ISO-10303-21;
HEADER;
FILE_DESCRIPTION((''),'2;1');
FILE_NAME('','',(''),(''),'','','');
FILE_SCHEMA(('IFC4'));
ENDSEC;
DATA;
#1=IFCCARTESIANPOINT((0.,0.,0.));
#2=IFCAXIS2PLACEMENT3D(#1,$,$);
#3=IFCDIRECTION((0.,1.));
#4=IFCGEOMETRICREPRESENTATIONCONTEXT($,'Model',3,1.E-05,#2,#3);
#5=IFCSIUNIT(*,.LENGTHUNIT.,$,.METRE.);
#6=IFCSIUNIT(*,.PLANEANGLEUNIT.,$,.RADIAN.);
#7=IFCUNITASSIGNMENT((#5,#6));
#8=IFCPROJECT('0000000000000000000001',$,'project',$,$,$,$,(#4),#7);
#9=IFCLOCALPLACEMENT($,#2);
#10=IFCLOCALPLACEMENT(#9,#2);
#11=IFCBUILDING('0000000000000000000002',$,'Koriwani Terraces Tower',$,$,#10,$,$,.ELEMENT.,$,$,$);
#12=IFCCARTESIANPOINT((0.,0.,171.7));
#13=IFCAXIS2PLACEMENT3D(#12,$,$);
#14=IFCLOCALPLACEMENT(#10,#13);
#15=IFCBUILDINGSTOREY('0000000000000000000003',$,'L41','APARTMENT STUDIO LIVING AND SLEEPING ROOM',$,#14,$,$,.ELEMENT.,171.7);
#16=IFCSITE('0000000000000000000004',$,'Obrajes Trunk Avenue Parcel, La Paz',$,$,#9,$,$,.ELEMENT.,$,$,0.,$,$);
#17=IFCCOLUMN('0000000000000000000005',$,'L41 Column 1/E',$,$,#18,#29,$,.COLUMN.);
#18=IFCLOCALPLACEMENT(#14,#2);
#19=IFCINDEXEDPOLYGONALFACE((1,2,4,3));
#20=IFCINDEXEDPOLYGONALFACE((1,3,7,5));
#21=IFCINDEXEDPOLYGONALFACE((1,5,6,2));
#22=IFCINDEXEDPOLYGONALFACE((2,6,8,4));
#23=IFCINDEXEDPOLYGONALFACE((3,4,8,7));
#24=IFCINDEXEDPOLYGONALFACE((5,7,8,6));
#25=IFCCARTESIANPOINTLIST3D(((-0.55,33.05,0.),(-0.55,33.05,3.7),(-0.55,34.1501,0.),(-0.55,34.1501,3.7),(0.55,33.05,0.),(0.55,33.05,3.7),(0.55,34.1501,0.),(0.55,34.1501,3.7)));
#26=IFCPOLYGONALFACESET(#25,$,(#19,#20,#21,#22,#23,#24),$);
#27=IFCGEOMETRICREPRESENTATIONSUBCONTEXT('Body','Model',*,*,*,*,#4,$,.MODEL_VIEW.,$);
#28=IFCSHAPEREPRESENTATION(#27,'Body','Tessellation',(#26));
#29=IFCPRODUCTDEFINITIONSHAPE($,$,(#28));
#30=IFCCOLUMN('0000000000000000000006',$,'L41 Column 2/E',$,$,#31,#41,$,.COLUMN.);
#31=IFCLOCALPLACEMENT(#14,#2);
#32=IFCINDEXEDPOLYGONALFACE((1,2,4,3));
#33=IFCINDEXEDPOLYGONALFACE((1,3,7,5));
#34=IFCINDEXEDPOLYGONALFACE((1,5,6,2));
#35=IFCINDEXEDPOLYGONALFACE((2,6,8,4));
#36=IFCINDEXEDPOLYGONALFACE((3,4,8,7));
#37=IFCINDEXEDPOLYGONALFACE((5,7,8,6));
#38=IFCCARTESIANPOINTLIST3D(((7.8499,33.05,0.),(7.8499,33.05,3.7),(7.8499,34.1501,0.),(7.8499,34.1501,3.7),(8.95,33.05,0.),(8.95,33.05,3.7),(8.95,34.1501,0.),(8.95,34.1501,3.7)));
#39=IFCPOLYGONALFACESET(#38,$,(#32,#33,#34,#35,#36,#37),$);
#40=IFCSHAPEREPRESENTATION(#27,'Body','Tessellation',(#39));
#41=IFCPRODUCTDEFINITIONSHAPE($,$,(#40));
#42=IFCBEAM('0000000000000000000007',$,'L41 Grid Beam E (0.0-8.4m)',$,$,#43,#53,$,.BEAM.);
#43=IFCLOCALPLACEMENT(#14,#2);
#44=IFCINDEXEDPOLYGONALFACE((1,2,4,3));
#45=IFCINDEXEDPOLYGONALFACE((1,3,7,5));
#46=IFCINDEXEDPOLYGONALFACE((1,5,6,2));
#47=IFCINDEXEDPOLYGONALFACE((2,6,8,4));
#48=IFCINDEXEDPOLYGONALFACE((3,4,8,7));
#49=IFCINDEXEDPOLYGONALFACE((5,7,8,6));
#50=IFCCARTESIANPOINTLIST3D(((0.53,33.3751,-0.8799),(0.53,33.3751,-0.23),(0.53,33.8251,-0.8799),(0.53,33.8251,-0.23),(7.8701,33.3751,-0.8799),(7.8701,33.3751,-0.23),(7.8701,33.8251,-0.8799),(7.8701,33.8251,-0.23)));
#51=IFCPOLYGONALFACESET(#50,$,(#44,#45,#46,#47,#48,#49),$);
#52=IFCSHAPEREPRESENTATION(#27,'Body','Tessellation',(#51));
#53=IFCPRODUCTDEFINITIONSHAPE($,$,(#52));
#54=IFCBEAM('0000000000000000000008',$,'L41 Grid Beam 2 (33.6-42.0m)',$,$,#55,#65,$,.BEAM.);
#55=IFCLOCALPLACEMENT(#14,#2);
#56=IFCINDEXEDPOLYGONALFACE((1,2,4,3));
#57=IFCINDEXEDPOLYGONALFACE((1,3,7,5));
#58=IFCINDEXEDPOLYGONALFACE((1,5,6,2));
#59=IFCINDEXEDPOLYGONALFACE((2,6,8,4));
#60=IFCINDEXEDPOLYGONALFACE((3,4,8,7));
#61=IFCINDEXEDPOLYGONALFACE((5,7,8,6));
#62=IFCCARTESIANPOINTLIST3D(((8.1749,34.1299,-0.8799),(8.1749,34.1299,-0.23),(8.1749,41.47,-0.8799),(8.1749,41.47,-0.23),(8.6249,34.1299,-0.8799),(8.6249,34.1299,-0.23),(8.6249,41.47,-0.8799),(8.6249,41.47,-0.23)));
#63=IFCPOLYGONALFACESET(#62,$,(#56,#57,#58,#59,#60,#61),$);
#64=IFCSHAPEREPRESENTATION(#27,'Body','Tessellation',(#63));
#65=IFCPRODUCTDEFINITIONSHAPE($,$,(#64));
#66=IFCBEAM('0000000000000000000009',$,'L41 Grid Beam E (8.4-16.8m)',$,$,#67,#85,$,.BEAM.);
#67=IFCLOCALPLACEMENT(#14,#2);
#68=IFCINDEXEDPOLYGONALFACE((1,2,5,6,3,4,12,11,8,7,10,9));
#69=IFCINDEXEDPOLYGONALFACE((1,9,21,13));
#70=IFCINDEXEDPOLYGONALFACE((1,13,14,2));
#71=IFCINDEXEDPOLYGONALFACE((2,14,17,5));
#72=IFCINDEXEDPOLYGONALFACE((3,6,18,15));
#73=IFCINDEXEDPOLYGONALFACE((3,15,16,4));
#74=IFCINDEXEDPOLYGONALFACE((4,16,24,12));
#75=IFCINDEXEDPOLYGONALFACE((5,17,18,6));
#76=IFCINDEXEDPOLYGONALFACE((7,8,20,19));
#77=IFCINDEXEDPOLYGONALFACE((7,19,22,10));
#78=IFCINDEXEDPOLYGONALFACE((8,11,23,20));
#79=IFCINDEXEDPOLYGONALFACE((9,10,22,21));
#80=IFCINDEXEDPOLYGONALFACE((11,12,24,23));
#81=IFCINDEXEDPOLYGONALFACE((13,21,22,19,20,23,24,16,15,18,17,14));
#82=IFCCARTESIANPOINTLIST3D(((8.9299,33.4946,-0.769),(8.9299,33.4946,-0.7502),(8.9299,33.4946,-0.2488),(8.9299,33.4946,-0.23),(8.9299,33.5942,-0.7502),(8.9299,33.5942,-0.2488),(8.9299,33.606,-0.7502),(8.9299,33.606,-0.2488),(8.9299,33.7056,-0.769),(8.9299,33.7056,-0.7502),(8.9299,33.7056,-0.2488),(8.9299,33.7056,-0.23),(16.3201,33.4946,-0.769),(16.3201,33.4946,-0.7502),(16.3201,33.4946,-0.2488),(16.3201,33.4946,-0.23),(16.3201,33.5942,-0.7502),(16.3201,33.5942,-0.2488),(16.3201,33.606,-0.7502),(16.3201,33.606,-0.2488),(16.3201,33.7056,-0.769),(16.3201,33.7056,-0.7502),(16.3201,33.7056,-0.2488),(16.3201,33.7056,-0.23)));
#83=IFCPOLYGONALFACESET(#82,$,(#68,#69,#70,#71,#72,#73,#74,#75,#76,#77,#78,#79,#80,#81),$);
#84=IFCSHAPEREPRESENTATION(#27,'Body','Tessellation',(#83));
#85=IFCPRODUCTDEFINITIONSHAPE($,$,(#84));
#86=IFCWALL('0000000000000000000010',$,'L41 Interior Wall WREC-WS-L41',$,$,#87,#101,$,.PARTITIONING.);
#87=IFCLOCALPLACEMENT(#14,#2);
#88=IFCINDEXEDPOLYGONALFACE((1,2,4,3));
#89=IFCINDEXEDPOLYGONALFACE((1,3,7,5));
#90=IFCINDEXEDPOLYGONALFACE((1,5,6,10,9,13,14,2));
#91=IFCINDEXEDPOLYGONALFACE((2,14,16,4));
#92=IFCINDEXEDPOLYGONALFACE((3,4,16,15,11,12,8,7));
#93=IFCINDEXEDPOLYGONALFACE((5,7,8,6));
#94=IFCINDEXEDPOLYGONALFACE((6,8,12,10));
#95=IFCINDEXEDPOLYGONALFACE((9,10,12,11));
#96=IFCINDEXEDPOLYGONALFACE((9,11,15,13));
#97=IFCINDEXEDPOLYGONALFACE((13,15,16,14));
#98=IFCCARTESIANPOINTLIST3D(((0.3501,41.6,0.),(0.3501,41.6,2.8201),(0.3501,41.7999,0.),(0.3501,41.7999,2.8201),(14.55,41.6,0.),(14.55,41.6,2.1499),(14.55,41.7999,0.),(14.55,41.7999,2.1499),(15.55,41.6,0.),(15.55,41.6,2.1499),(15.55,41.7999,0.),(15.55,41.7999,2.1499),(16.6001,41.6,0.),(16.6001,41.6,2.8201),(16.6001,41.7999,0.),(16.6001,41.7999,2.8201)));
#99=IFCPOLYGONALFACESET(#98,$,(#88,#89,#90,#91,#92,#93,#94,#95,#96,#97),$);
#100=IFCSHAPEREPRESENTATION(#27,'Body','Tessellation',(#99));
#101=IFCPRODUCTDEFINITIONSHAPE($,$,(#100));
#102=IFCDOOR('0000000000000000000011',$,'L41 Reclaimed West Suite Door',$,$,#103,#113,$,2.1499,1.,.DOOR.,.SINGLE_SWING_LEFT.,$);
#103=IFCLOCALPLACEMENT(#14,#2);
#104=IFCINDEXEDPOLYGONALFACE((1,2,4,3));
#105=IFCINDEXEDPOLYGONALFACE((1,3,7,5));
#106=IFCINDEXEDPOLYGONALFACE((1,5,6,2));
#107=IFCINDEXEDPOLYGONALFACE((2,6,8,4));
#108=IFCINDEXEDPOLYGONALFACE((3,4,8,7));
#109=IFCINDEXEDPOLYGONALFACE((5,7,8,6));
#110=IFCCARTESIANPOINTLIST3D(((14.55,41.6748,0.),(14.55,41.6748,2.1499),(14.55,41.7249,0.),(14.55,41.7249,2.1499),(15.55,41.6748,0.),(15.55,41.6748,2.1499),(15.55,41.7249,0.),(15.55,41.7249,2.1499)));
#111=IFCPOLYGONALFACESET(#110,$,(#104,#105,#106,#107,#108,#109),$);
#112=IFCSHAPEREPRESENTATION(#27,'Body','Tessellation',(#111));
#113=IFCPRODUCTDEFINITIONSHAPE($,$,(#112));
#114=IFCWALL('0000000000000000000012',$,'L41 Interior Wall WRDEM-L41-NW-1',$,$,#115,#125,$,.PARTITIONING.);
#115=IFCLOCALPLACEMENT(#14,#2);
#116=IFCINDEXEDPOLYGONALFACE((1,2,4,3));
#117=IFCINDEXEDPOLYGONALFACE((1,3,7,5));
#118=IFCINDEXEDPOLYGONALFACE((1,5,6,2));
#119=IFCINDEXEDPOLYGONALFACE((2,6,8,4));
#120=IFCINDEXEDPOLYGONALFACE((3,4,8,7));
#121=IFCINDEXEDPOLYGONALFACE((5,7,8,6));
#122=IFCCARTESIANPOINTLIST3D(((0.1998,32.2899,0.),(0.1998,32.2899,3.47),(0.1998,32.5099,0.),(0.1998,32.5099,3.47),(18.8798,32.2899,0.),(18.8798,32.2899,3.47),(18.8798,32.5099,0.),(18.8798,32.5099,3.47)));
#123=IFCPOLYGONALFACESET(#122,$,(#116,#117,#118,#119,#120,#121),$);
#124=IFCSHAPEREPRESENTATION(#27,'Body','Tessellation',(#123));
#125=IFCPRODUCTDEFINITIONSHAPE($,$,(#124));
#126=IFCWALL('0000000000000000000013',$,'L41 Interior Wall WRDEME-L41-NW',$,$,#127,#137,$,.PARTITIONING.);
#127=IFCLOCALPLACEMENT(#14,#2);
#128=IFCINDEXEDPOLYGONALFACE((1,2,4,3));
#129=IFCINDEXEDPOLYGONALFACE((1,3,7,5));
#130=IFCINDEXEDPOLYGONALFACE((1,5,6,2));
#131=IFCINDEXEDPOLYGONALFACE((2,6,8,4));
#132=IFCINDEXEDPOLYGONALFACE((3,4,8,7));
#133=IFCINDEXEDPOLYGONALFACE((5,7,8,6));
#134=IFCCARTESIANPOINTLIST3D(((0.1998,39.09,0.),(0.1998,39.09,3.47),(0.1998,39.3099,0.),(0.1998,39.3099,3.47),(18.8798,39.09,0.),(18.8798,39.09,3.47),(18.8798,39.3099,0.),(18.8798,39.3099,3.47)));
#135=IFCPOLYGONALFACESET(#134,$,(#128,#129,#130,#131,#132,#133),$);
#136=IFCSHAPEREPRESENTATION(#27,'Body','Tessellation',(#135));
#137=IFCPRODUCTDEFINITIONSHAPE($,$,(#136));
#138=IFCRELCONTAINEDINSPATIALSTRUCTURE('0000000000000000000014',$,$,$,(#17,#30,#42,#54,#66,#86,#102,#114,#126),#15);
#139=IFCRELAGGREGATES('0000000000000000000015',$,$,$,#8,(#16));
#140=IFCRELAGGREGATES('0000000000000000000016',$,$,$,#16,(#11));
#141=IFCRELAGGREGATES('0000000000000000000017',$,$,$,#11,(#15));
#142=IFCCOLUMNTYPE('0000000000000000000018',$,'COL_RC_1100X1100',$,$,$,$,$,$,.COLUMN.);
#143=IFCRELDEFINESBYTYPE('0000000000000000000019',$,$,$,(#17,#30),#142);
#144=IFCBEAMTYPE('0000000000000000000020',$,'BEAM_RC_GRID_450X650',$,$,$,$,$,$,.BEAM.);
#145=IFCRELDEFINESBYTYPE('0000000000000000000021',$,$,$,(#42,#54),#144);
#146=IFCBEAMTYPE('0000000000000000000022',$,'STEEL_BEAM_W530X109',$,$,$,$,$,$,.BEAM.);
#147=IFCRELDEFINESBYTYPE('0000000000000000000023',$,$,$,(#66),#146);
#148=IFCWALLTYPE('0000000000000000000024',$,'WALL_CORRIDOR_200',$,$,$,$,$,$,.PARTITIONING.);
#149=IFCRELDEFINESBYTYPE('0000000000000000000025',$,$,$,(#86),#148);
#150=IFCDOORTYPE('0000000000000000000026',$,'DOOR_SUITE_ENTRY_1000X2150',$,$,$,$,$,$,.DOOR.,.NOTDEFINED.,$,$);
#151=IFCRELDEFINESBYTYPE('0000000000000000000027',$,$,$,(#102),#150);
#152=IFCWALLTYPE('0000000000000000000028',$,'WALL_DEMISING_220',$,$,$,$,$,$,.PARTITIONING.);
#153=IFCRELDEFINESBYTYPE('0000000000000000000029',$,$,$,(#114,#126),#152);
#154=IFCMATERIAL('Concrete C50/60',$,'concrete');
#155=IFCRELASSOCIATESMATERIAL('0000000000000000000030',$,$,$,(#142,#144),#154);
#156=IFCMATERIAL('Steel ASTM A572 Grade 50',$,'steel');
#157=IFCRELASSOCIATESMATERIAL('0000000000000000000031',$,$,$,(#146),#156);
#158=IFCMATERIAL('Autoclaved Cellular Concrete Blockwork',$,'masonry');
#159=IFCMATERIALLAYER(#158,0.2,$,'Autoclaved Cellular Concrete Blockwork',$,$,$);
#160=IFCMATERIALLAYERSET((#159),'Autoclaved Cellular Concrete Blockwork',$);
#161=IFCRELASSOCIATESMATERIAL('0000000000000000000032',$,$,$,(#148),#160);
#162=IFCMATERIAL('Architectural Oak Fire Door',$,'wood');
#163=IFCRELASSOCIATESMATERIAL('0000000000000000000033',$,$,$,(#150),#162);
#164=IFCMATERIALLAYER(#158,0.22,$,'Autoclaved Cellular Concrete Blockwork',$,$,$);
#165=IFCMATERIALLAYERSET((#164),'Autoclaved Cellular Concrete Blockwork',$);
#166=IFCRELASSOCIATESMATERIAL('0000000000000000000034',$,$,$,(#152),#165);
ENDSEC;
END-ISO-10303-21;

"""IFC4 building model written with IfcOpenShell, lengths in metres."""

from ifc_helpers import new_model, si_unit, direction, frame, frame_2d, origin, origin_2d, place, context, subcontext, project, spatial, rectangle, i_section, extrude, material, layer, layer_set, material_profile, profile_set, type_object, element, fill, save


model = new_model("IFC4")

# Units and contexts
model_context = context("Model", 3, precision=1e-05, world=origin(), true_north=direction((0.0, 1.0)))
body_context = subcontext(model_context, "Body", "Model", "MODEL_VIEW")
ifc_project = project(units=[si_unit("LENGTHUNIT", "METRE"), si_unit("PLANEANGLEUNIT", "RADIAN")], contexts=[model_context])

# Site, building, storey
site_placement = place(None, origin())
site = spatial("IfcSite", under=ifc_project, at=site_placement, Name="Obrajes Trunk Avenue Parcel, La Paz", CompositionType="ELEMENT", RefElevation=0.0)
building_placement = place(site_placement, origin())
building = spatial("IfcBuilding", under=site, at=building_placement, Name="Koriwani Terraces Tower", CompositionType="ELEMENT")
storey_placement = place(building_placement, frame((0.0, 0.0, 171.7)))
storey = spatial("IfcBuildingStorey", under=building, at=storey_placement, Name="L41", Description="APARTMENT STUDIO LIVING AND SLEEPING ROOM", CompositionType="ELEMENT", Elevation=171.7)

# Columns
ifc_material_1 = material(Name="Concrete C50/60", Category="concrete")
ifc_material_profile_1 = material_profile(ifc_material_1, rectangle(XDim=1.1001, YDim=1.1001, at=origin_2d()), Name="Concrete C50/60", Category="LoadBearing")
ifc_profile_set_1 = profile_set([ifc_material_profile_1], Name="Concrete C50/60")
column_type = type_object("IfcColumnType", Name="COL_RC_1100X1100", PredefinedType="COLUMN", material=ifc_profile_set_1)
for number, where, z_axis, x_axis, name in (
    (1, (0.0, 33.6001, 0.0), (0.0, 0.0, 1.0), (1.0, 0.0, 0.0), "L41 Column 1/E"),
    (2, (8.3999, 33.6001, 0.0), (0.0, 0.0, 1.0), (1.0, 0.0, 0.0), "L41 Column 2/E"),
):
    element("IfcColumn", number, at=place(storey_placement, frame(where, z_axis=z_axis, x_axis=x_axis)), inside=storey, type_object=column_type, Name=name, PredefinedType="COLUMN", context=body_context, shape_type="SweptSolid", body=[
        extrude(rectangle(XDim=1.1001, YDim=1.1001, at=origin_2d()), origin(), (0.0, 0.0, 1.0), 3.7),
    ])

# Beams
ifc_material_profile_2 = material_profile(ifc_material_1, rectangle(XDim=0.45, YDim=0.6499, at=origin_2d()), Name="Concrete C50/60", Category="LoadBearing")
ifc_profile_set_2 = profile_set([ifc_material_profile_2], Name="Concrete C50/60")
beam_type_1 = type_object("IfcBeamType", Name="BEAM_RC_GRID_450X650", PredefinedType="BEAM", material=ifc_profile_set_2)
for number, where, z_axis, x_axis, name in (
    (3, (0.53, 33.6001, -0.5549), (1.0, 0.0, 0.0), (0.0, 1.0, 0.0), "L41 Grid Beam E (0.0-8.4m)"),
    (4, (8.3999, 34.1299, -0.5549), (0.0, 1.0, 0.0), (-1.0, 0.0, 0.0), "L41 Grid Beam 2 (33.6-42.0m)"),
):
    element("IfcBeam", number, at=place(storey_placement, frame(where, z_axis=z_axis, x_axis=x_axis)), inside=storey, type_object=beam_type_1, Name=name, PredefinedType="BEAM", context=body_context, shape_type="SweptSolid", body=[
        extrude(rectangle(XDim=0.45, YDim=0.6499, at=origin_2d()), origin(), (0.0, 0.0, 1.0), 7.3401),
    ])
ifc_material_2 = material(Name="Steel ASTM A572 Grade 50", Category="steel")
ifc_material_profile_3 = material_profile(ifc_material_2, i_section(OverallWidth=0.2109, OverallDepth=0.5391, WebThickness=0.0117, FlangeThickness=0.0188, at=origin_2d()), Name="Steel ASTM A572 Grade 50", Category="LoadBearing")
ifc_profile_set_3 = profile_set([ifc_material_profile_3], Name="Steel ASTM A572 Grade 50")
beam_type_2 = type_object("IfcBeamType", Name="STEEL_BEAM_W530X109", PredefinedType="BEAM", material=ifc_profile_set_3)
beam_placement = place(storey_placement, frame((8.9299, 33.6001, -0.4995), z_axis=(1.0, 0.0, 0.0), x_axis=(0.0, 1.0, 0.0)))
element("IfcBeam", 5, at=beam_placement, inside=storey, type_object=beam_type_2, Name="L41 Grid Beam E (8.4-16.8m)", PredefinedType="BEAM", context=body_context, shape_type="SweptSolid", body=[
    extrude(i_section(OverallWidth=0.2109, OverallDepth=0.5391, WebThickness=0.0117, FlangeThickness=0.0188, at=origin_2d()), origin(), (0.0, 0.0, 1.0), 7.3901),
])

# Wall, opening, door
ifc_material_3 = material(Name="Autoclaved Cellular Concrete Blockwork", Category="masonry")
ifc_layer_1 = layer(ifc_material_3, 0.2, Name="Autoclaved Cellular Concrete Blockwork")
ifc_layer_set_1 = layer_set([ifc_layer_1], Name="Autoclaved Cellular Concrete Blockwork")
wall_type_1 = type_object("IfcWallType", Name="WALL_CORRIDOR_200", PredefinedType="PARTITIONING", material=ifc_layer_set_1)
wall_1_placement = place(storey_placement, frame((0.3501, 41.7, 0.0), z_axis=(0.0, 0.0, 1.0), x_axis=(1.0, 0.0, 0.0)))
wall_1 = element("IfcWall", 6, at=wall_1_placement, inside=storey, type_object=wall_type_1, Name="L41 Interior Wall WREC-WS-L41", PredefinedType="PARTITIONING", context=body_context, shape_type="SweptSolid", body=[
    extrude(rectangle(XDim=16.25, YDim=0.2, at=frame_2d((8.125, 0.0))), origin(), (0.0, 0.0, 1.0), 2.8201),
])
opening_1_placement = place(wall_1_placement, frame((14.2, 0.0, 0.0)))
opening_1 = element("IfcOpeningElement", 7, at=opening_1_placement, cuts=wall_1, PredefinedType="OPENING", context=body_context, shape_type="SweptSolid", body=[
    extrude(rectangle(XDim=1.0, YDim=2.1499, at=frame_2d((0.5, 1.075))), frame((0.0, 0.1099, 0.0), z_axis=(0.0, -1.0, 0.0), x_axis=(1.0, 0.0, 0.0)), (0.0, 0.0, 1.0), 0.22),
])
ifc_material_4 = material(Name="Architectural Oak Fire Door", Category="wood")
door_type_1 = type_object("IfcDoorType", Name="DOOR_SUITE_ENTRY_1000X2150", OperationType="NOTDEFINED", PredefinedType="DOOR", material=ifc_material_4)
door_1_placement = place(opening_1_placement, origin())
door_1 = element("IfcDoor", 8, at=door_1_placement, inside=storey, type_object=door_type_1, Name="L41 Reclaimed West Suite Door", OperationType="SINGLE_SWING_LEFT", OverallHeight=2.1499, OverallWidth=1.0, PredefinedType="DOOR", context=body_context, shape_type="SweptSolid", body=[
    extrude(rectangle(XDim=1.0, YDim=2.1499, at=frame_2d((0.5, 1.075))), frame((0.0, 0.0249, 0.0), z_axis=(0.0, -1.0, 0.0), x_axis=(1.0, 0.0, 0.0)), (0.0, 0.0, 1.0), 0.05),
])
fill(opening_1, door_1)

# Walls
ifc_layer_2 = layer(ifc_material_3, 0.22, Name="Autoclaved Cellular Concrete Blockwork")
ifc_layer_set_2 = layer_set([ifc_layer_2], Name="Autoclaved Cellular Concrete Blockwork")
wall_type_2 = type_object("IfcWallType", Name="WALL_DEMISING_220", PredefinedType="PARTITIONING", material=ifc_layer_set_2)
for number, where, z_axis, x_axis, name in (
    (9, (0.2, 32.3999, 0.0), (0.0, 0.0, 1.0), (1.0, 0.0, 0.0), "L41 Interior Wall WRDEM-L41-NW-1"),
    (10, (0.2, 39.2, 0.0), (0.0, 0.0, 1.0), (1.0, 0.0, 0.0), "L41 Interior Wall WRDEME-L41-NW"),
):
    element("IfcWall", number, at=place(storey_placement, frame(where, z_axis=z_axis, x_axis=x_axis)), inside=storey, type_object=wall_type_2, Name=name, PredefinedType="PARTITIONING", context=body_context, shape_type="SweptSolid", body=[
        extrude(rectangle(XDim=18.6799, YDim=0.22, at=frame_2d((9.3398, 0.0))), origin(), (0.0, 0.0, 1.0), 3.47),
    ])

save(model, "model.ifc")
